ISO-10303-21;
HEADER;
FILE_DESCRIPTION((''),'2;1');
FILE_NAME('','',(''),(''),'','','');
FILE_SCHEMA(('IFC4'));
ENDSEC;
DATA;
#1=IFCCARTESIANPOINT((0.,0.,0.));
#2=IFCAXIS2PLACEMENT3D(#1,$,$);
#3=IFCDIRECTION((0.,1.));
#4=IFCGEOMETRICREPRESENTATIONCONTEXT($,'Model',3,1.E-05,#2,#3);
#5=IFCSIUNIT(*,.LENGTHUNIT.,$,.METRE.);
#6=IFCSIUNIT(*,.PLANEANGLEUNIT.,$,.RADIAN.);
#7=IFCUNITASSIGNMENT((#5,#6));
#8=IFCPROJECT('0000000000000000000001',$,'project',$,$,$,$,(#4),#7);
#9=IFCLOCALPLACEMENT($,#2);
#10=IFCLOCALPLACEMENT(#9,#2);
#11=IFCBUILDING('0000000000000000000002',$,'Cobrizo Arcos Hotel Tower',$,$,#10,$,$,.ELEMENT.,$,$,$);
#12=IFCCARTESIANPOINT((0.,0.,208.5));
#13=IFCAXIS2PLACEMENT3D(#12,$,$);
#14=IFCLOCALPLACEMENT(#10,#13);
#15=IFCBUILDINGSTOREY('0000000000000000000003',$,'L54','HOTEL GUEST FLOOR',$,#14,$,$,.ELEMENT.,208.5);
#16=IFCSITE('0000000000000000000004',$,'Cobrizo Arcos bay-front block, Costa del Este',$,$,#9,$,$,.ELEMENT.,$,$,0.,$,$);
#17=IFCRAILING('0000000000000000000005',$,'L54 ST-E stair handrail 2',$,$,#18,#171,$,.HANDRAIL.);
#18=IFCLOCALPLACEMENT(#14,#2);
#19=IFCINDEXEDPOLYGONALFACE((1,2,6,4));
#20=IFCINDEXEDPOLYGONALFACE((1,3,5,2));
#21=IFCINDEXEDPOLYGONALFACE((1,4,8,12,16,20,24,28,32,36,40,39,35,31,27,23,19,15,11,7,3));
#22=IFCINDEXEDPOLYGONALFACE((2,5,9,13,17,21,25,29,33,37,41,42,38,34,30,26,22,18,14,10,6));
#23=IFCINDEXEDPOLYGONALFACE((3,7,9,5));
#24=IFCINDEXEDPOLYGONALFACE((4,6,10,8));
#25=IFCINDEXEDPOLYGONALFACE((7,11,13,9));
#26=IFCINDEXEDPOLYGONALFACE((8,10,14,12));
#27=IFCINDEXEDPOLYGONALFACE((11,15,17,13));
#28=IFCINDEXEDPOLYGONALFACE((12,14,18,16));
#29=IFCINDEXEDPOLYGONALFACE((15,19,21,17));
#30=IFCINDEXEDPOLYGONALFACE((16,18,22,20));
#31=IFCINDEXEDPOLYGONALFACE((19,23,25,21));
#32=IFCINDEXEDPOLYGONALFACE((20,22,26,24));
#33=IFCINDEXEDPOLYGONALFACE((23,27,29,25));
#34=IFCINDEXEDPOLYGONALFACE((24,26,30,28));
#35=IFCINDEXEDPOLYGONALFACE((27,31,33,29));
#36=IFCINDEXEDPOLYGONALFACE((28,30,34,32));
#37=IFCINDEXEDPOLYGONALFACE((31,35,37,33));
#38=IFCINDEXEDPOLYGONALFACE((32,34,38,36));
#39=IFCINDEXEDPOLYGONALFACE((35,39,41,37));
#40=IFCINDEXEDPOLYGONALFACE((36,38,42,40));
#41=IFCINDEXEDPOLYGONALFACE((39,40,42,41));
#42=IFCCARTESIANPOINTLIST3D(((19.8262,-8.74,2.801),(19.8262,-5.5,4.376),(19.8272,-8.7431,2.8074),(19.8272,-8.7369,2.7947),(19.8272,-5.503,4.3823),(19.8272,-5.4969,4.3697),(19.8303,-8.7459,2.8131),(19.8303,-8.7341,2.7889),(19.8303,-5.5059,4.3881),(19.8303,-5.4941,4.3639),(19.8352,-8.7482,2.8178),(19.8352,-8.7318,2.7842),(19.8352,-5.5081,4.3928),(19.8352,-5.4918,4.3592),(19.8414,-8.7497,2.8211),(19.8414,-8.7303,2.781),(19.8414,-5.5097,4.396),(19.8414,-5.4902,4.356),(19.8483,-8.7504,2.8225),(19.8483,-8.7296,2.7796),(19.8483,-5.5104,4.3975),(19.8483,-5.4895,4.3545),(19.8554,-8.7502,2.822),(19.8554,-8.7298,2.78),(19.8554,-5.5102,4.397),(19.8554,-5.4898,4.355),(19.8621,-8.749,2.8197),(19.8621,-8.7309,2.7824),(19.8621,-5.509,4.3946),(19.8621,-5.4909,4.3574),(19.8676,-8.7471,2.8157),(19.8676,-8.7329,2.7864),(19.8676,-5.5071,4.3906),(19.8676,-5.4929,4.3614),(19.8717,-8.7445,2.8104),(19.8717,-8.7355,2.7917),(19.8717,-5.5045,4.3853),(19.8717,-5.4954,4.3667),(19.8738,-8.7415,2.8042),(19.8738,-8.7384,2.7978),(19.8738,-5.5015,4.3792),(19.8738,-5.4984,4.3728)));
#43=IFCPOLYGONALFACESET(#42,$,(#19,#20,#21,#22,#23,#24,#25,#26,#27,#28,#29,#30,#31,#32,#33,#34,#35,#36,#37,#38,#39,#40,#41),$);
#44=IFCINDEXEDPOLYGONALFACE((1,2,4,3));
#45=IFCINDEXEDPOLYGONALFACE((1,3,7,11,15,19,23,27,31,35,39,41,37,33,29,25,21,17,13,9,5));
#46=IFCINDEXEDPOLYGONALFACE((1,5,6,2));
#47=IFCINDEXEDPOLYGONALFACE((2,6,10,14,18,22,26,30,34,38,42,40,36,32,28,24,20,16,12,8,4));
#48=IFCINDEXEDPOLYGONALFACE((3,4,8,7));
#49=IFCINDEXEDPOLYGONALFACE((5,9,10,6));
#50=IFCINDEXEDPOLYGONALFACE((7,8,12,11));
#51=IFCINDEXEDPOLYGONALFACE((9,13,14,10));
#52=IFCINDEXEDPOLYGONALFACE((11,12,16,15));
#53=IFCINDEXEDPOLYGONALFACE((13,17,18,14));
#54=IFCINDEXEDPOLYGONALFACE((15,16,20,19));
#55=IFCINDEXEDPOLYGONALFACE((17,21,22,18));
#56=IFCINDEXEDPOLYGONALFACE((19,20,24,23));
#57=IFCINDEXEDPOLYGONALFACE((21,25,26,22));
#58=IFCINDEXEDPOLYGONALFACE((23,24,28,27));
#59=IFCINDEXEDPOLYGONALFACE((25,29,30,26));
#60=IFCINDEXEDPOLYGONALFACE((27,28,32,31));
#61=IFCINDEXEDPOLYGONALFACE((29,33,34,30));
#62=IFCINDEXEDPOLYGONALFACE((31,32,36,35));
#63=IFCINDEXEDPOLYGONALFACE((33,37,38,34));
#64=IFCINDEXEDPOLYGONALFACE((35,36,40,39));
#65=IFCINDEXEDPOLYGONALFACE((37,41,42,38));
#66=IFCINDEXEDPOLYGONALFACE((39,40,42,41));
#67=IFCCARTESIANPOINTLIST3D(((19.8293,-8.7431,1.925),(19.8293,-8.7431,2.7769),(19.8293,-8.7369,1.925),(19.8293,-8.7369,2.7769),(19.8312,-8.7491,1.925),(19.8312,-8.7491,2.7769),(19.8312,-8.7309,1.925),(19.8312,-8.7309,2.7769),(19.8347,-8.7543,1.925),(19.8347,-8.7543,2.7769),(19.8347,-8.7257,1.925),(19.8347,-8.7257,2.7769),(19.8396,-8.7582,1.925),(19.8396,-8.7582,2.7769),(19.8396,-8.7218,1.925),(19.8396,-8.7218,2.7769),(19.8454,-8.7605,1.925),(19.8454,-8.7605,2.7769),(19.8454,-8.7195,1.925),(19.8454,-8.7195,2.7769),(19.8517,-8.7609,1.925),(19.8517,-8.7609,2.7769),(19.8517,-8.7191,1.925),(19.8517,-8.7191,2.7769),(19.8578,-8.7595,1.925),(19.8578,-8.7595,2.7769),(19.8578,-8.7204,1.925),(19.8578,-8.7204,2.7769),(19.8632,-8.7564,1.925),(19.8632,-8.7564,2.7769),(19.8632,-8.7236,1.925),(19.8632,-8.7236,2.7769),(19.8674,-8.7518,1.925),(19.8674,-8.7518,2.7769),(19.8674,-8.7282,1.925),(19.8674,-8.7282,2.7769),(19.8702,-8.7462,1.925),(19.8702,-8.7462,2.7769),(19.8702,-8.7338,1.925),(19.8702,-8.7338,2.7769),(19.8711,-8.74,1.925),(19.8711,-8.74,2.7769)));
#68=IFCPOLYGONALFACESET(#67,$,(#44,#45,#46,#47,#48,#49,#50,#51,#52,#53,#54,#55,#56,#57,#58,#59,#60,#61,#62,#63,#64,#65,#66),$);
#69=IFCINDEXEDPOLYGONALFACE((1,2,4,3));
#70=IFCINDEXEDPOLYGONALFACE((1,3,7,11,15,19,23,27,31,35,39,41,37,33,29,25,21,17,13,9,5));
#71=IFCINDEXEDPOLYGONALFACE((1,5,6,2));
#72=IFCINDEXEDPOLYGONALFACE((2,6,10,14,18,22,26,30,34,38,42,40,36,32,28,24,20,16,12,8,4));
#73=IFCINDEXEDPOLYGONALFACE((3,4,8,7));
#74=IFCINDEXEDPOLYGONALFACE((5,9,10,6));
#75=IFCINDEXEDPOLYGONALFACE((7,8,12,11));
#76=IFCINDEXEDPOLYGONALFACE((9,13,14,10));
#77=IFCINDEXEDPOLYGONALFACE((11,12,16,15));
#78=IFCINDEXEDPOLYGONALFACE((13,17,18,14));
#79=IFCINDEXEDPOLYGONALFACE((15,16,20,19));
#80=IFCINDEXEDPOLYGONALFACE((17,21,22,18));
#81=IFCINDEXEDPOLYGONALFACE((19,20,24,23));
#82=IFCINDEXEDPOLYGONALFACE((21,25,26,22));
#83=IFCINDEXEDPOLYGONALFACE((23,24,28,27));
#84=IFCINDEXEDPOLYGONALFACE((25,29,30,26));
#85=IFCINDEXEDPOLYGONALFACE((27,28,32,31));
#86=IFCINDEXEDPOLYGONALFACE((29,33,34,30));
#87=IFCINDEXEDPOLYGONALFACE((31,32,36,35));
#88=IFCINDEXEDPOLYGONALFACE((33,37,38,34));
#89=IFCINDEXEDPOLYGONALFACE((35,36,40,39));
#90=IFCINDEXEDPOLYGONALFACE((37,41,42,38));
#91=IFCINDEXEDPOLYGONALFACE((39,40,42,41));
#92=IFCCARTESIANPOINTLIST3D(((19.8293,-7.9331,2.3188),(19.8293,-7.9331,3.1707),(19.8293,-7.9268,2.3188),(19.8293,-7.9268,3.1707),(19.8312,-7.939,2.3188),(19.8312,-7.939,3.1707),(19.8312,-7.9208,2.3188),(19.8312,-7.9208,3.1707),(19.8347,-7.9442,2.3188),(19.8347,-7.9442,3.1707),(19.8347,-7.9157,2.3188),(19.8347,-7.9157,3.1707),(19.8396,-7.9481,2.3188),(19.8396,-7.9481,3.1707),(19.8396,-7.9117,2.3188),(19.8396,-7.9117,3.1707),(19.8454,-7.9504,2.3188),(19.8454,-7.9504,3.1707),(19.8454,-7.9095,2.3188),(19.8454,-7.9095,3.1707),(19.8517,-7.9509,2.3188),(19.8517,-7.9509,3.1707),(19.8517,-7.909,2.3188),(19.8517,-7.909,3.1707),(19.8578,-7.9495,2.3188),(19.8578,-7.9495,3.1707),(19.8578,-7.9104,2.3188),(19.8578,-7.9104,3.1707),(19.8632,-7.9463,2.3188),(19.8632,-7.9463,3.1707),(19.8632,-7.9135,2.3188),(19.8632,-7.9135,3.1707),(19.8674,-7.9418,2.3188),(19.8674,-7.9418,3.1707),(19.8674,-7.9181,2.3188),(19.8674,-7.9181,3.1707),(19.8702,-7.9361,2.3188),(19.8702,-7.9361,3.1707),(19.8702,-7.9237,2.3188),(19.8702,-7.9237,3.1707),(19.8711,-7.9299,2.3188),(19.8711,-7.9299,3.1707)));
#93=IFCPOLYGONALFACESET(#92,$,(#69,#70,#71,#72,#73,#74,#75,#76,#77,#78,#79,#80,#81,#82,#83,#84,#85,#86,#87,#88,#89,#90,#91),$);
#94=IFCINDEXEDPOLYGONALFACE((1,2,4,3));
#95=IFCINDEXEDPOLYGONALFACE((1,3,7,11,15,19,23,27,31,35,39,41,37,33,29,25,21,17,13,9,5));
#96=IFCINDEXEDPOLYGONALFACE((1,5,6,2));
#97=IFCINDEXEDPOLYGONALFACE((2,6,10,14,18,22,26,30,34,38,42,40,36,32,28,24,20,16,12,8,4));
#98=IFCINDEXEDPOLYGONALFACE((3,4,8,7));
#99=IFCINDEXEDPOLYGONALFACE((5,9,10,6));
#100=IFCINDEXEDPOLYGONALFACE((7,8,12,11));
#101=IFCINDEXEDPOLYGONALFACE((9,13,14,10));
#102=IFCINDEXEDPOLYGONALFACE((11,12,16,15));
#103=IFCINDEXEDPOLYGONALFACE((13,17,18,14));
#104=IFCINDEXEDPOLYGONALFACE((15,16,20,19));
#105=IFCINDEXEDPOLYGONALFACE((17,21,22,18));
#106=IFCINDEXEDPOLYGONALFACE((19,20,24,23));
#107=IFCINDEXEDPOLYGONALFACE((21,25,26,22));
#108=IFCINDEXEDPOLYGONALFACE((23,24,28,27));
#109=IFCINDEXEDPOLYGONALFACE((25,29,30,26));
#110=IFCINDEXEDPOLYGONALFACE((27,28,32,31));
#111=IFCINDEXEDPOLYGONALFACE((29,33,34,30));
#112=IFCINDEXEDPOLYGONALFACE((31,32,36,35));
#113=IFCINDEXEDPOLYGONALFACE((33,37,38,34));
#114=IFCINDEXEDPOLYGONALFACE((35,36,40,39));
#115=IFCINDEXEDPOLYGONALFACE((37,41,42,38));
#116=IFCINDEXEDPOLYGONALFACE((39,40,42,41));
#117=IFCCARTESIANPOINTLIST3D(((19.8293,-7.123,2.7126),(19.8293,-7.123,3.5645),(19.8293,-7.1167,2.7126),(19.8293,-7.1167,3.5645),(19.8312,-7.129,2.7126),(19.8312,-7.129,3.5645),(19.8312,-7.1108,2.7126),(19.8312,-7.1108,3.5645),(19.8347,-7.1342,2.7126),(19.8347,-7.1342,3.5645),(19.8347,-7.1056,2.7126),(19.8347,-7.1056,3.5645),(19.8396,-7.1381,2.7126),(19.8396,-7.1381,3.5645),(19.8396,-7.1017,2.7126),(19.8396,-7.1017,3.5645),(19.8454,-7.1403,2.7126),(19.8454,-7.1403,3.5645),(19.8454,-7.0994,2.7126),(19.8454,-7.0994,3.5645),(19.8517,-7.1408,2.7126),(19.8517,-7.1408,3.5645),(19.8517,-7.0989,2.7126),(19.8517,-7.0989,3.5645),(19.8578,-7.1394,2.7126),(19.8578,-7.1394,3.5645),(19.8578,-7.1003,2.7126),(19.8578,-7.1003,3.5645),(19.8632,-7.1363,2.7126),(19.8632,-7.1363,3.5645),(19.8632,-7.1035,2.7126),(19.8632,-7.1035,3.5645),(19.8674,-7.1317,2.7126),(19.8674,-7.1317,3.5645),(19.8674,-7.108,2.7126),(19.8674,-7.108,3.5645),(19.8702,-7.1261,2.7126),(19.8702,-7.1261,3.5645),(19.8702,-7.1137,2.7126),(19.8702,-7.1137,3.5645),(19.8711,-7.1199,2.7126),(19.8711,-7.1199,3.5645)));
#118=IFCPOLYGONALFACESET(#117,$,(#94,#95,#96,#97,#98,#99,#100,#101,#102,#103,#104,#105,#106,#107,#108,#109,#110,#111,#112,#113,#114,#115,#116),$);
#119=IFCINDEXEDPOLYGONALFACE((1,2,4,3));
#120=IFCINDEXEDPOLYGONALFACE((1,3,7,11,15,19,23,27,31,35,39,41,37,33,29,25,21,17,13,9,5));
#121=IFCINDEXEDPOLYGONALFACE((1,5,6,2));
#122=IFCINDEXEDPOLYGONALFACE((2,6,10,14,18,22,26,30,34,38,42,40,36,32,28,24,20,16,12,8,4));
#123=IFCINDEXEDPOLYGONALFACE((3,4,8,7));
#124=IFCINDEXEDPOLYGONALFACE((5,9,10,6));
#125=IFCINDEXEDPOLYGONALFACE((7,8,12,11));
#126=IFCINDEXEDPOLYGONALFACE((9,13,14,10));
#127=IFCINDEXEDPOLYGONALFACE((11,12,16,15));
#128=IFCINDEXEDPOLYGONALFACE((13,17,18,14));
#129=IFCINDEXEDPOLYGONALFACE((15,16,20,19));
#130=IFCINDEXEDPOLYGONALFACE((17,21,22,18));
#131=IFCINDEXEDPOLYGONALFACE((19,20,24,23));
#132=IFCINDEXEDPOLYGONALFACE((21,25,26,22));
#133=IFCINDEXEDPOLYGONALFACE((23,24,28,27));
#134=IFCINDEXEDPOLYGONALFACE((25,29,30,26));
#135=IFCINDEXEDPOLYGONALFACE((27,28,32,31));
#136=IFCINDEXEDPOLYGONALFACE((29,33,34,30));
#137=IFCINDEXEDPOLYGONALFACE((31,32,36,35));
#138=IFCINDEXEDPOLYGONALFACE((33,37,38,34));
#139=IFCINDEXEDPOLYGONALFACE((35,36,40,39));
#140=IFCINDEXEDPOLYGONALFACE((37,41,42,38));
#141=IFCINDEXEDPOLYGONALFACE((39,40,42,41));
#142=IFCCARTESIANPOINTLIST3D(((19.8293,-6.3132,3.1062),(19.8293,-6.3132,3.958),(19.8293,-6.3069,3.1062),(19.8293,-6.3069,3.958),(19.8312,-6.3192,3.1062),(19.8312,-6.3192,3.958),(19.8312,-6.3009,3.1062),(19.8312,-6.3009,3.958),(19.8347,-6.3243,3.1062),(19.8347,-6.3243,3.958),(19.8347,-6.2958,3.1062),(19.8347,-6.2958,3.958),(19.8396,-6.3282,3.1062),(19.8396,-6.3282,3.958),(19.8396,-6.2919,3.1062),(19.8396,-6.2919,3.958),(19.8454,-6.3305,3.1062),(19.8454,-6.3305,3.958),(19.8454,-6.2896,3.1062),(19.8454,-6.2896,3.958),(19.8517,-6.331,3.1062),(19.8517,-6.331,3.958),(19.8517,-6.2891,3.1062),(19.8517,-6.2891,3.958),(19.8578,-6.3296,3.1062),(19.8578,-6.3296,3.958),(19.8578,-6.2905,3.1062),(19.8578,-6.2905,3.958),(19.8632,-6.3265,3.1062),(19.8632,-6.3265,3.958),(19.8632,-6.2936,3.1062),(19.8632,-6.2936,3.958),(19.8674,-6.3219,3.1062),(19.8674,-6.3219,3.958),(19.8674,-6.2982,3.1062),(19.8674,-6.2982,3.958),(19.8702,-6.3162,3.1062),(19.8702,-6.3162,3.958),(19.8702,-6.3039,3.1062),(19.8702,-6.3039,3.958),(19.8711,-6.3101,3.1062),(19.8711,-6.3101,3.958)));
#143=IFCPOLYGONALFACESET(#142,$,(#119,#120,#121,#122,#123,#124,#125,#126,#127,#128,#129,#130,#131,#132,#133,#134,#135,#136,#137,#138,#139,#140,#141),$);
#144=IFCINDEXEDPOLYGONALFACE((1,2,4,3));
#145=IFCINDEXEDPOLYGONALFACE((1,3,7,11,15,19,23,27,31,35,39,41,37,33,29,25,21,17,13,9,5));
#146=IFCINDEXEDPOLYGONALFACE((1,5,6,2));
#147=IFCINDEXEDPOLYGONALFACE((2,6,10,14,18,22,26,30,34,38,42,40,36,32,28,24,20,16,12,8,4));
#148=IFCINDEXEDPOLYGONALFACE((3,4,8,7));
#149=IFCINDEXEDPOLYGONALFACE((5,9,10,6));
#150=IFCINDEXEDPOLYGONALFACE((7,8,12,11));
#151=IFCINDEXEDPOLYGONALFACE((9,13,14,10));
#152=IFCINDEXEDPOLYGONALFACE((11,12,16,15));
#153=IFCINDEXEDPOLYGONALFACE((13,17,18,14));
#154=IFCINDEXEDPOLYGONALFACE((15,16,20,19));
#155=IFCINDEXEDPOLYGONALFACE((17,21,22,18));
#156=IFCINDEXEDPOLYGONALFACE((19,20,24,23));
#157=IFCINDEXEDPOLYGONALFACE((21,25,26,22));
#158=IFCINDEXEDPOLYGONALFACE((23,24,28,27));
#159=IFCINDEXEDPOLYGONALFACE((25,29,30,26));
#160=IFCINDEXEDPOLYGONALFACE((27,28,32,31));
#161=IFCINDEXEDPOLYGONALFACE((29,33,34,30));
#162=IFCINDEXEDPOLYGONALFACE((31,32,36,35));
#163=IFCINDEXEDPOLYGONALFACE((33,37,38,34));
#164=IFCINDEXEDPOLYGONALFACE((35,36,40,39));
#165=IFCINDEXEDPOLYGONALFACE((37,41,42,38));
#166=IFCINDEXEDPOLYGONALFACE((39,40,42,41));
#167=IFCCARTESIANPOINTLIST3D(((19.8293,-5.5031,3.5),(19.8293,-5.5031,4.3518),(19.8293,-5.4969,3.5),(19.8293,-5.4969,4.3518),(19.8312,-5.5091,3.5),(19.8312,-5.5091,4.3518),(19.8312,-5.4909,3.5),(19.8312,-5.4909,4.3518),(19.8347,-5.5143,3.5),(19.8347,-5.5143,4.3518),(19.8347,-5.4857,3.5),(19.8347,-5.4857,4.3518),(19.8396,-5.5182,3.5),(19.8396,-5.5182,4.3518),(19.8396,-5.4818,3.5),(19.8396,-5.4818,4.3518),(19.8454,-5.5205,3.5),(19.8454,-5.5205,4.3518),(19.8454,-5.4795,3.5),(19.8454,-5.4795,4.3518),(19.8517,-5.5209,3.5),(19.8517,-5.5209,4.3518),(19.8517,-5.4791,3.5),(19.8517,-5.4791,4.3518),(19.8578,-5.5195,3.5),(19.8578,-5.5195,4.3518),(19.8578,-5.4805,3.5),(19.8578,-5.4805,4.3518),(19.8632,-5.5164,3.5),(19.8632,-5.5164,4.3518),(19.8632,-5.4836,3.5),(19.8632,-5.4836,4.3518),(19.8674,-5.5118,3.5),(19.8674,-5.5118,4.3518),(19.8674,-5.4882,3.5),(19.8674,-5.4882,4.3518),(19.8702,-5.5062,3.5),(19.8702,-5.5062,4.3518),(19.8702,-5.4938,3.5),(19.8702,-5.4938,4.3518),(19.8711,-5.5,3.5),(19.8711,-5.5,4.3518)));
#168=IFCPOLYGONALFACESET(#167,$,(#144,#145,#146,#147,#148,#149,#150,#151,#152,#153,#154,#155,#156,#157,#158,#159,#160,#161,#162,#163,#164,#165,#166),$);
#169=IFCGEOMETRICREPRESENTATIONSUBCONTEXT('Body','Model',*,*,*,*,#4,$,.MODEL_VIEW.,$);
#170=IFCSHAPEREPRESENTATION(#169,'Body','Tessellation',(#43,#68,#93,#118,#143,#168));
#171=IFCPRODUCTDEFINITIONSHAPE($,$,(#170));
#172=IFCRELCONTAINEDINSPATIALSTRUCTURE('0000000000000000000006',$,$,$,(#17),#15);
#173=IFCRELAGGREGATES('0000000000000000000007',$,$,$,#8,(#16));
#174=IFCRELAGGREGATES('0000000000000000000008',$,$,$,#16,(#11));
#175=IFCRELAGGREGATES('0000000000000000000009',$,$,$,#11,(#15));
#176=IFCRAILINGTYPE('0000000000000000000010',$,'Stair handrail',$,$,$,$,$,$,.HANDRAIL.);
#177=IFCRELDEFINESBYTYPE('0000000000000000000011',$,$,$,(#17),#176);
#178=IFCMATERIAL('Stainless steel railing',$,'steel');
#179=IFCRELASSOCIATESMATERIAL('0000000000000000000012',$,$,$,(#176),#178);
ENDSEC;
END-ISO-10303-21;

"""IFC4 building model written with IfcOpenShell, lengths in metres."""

from ifc_helpers import new_model, si_unit, direction, frame, origin, origin_2d, place, context, subcontext, project, spatial, circle, extrude, material, type_object, element, save


model = new_model("IFC4")

# Units and contexts
model_context = context("Model", 3, precision=1e-05, world=origin(), true_north=direction((0.0, 1.0)))
body_context = subcontext(model_context, "Body", "Model", "MODEL_VIEW")
ifc_project = project(units=[si_unit("LENGTHUNIT", "METRE"), si_unit("PLANEANGLEUNIT", "RADIAN")], contexts=[model_context])

# Site, building, storey
site_placement = place(None, origin())
site = spatial("IfcSite", under=ifc_project, at=site_placement, Name="Cobrizo Arcos bay-front block, Costa del Este", CompositionType="ELEMENT", RefElevation=0.0)
building_placement = place(site_placement, origin())
building = spatial("IfcBuilding", under=site, at=building_placement, Name="Cobrizo Arcos Hotel Tower", CompositionType="ELEMENT")
storey_placement = place(building_placement, frame((0.0, 0.0, 208.5)))
storey = spatial("IfcBuildingStorey", under=building, at=storey_placement, Name="L54", Description="HOTEL GUEST FLOOR", CompositionType="ELEMENT", Elevation=208.5)

# Railing
ifc_material_1 = material(Name="Stainless steel railing", Category="steel")
railing_type_1 = type_object("IfcRailingType", Name="Stair handrail", PredefinedType="HANDRAIL", material=ifc_material_1)
railing_1_placement = place(storey_placement, frame((19.8501, -8.74, 1.925)))
element("IfcRailing", 1, at=railing_1_placement, inside=storey, type_object=railing_type_1, Name="L54 ST-E stair handrail 2", PredefinedType="HANDRAIL", context=body_context, shape_type="SweptSolid", body=[
    extrude(circle(Radius=0.0239, at=origin_2d()), frame((0.0, 0.0, 0.876), z_axis=(0.0, 0.899373, 0.437183), x_axis=(-1.0, 0.0, 0.0)), (0.0, 0.0, 1.0), 3.6025),
    extrude(circle(Radius=0.021, at=origin_2d()), origin(), (0.0, 0.0, 1.0), 0.8518),
    extrude(circle(Radius=0.021, at=origin_2d()), frame((0.0, 0.8101, 0.3938)), (0.0, 0.0, 1.0), 0.8518),
    extrude(circle(Radius=0.021, at=origin_2d()), frame((0.0, 1.6201, 0.7876)), (0.0, 0.0, 1.0), 0.8518),
    extrude(circle(Radius=0.021, at=origin_2d()), frame((0.0, 2.4299, 1.1812)), (0.0, 0.0, 1.0), 0.8518),
    extrude(circle(Radius=0.021, at=origin_2d()), frame((0.0, 3.24, 1.575)), (0.0, 0.0, 1.0), 0.8518),
])

save(model, "model.ifc")
